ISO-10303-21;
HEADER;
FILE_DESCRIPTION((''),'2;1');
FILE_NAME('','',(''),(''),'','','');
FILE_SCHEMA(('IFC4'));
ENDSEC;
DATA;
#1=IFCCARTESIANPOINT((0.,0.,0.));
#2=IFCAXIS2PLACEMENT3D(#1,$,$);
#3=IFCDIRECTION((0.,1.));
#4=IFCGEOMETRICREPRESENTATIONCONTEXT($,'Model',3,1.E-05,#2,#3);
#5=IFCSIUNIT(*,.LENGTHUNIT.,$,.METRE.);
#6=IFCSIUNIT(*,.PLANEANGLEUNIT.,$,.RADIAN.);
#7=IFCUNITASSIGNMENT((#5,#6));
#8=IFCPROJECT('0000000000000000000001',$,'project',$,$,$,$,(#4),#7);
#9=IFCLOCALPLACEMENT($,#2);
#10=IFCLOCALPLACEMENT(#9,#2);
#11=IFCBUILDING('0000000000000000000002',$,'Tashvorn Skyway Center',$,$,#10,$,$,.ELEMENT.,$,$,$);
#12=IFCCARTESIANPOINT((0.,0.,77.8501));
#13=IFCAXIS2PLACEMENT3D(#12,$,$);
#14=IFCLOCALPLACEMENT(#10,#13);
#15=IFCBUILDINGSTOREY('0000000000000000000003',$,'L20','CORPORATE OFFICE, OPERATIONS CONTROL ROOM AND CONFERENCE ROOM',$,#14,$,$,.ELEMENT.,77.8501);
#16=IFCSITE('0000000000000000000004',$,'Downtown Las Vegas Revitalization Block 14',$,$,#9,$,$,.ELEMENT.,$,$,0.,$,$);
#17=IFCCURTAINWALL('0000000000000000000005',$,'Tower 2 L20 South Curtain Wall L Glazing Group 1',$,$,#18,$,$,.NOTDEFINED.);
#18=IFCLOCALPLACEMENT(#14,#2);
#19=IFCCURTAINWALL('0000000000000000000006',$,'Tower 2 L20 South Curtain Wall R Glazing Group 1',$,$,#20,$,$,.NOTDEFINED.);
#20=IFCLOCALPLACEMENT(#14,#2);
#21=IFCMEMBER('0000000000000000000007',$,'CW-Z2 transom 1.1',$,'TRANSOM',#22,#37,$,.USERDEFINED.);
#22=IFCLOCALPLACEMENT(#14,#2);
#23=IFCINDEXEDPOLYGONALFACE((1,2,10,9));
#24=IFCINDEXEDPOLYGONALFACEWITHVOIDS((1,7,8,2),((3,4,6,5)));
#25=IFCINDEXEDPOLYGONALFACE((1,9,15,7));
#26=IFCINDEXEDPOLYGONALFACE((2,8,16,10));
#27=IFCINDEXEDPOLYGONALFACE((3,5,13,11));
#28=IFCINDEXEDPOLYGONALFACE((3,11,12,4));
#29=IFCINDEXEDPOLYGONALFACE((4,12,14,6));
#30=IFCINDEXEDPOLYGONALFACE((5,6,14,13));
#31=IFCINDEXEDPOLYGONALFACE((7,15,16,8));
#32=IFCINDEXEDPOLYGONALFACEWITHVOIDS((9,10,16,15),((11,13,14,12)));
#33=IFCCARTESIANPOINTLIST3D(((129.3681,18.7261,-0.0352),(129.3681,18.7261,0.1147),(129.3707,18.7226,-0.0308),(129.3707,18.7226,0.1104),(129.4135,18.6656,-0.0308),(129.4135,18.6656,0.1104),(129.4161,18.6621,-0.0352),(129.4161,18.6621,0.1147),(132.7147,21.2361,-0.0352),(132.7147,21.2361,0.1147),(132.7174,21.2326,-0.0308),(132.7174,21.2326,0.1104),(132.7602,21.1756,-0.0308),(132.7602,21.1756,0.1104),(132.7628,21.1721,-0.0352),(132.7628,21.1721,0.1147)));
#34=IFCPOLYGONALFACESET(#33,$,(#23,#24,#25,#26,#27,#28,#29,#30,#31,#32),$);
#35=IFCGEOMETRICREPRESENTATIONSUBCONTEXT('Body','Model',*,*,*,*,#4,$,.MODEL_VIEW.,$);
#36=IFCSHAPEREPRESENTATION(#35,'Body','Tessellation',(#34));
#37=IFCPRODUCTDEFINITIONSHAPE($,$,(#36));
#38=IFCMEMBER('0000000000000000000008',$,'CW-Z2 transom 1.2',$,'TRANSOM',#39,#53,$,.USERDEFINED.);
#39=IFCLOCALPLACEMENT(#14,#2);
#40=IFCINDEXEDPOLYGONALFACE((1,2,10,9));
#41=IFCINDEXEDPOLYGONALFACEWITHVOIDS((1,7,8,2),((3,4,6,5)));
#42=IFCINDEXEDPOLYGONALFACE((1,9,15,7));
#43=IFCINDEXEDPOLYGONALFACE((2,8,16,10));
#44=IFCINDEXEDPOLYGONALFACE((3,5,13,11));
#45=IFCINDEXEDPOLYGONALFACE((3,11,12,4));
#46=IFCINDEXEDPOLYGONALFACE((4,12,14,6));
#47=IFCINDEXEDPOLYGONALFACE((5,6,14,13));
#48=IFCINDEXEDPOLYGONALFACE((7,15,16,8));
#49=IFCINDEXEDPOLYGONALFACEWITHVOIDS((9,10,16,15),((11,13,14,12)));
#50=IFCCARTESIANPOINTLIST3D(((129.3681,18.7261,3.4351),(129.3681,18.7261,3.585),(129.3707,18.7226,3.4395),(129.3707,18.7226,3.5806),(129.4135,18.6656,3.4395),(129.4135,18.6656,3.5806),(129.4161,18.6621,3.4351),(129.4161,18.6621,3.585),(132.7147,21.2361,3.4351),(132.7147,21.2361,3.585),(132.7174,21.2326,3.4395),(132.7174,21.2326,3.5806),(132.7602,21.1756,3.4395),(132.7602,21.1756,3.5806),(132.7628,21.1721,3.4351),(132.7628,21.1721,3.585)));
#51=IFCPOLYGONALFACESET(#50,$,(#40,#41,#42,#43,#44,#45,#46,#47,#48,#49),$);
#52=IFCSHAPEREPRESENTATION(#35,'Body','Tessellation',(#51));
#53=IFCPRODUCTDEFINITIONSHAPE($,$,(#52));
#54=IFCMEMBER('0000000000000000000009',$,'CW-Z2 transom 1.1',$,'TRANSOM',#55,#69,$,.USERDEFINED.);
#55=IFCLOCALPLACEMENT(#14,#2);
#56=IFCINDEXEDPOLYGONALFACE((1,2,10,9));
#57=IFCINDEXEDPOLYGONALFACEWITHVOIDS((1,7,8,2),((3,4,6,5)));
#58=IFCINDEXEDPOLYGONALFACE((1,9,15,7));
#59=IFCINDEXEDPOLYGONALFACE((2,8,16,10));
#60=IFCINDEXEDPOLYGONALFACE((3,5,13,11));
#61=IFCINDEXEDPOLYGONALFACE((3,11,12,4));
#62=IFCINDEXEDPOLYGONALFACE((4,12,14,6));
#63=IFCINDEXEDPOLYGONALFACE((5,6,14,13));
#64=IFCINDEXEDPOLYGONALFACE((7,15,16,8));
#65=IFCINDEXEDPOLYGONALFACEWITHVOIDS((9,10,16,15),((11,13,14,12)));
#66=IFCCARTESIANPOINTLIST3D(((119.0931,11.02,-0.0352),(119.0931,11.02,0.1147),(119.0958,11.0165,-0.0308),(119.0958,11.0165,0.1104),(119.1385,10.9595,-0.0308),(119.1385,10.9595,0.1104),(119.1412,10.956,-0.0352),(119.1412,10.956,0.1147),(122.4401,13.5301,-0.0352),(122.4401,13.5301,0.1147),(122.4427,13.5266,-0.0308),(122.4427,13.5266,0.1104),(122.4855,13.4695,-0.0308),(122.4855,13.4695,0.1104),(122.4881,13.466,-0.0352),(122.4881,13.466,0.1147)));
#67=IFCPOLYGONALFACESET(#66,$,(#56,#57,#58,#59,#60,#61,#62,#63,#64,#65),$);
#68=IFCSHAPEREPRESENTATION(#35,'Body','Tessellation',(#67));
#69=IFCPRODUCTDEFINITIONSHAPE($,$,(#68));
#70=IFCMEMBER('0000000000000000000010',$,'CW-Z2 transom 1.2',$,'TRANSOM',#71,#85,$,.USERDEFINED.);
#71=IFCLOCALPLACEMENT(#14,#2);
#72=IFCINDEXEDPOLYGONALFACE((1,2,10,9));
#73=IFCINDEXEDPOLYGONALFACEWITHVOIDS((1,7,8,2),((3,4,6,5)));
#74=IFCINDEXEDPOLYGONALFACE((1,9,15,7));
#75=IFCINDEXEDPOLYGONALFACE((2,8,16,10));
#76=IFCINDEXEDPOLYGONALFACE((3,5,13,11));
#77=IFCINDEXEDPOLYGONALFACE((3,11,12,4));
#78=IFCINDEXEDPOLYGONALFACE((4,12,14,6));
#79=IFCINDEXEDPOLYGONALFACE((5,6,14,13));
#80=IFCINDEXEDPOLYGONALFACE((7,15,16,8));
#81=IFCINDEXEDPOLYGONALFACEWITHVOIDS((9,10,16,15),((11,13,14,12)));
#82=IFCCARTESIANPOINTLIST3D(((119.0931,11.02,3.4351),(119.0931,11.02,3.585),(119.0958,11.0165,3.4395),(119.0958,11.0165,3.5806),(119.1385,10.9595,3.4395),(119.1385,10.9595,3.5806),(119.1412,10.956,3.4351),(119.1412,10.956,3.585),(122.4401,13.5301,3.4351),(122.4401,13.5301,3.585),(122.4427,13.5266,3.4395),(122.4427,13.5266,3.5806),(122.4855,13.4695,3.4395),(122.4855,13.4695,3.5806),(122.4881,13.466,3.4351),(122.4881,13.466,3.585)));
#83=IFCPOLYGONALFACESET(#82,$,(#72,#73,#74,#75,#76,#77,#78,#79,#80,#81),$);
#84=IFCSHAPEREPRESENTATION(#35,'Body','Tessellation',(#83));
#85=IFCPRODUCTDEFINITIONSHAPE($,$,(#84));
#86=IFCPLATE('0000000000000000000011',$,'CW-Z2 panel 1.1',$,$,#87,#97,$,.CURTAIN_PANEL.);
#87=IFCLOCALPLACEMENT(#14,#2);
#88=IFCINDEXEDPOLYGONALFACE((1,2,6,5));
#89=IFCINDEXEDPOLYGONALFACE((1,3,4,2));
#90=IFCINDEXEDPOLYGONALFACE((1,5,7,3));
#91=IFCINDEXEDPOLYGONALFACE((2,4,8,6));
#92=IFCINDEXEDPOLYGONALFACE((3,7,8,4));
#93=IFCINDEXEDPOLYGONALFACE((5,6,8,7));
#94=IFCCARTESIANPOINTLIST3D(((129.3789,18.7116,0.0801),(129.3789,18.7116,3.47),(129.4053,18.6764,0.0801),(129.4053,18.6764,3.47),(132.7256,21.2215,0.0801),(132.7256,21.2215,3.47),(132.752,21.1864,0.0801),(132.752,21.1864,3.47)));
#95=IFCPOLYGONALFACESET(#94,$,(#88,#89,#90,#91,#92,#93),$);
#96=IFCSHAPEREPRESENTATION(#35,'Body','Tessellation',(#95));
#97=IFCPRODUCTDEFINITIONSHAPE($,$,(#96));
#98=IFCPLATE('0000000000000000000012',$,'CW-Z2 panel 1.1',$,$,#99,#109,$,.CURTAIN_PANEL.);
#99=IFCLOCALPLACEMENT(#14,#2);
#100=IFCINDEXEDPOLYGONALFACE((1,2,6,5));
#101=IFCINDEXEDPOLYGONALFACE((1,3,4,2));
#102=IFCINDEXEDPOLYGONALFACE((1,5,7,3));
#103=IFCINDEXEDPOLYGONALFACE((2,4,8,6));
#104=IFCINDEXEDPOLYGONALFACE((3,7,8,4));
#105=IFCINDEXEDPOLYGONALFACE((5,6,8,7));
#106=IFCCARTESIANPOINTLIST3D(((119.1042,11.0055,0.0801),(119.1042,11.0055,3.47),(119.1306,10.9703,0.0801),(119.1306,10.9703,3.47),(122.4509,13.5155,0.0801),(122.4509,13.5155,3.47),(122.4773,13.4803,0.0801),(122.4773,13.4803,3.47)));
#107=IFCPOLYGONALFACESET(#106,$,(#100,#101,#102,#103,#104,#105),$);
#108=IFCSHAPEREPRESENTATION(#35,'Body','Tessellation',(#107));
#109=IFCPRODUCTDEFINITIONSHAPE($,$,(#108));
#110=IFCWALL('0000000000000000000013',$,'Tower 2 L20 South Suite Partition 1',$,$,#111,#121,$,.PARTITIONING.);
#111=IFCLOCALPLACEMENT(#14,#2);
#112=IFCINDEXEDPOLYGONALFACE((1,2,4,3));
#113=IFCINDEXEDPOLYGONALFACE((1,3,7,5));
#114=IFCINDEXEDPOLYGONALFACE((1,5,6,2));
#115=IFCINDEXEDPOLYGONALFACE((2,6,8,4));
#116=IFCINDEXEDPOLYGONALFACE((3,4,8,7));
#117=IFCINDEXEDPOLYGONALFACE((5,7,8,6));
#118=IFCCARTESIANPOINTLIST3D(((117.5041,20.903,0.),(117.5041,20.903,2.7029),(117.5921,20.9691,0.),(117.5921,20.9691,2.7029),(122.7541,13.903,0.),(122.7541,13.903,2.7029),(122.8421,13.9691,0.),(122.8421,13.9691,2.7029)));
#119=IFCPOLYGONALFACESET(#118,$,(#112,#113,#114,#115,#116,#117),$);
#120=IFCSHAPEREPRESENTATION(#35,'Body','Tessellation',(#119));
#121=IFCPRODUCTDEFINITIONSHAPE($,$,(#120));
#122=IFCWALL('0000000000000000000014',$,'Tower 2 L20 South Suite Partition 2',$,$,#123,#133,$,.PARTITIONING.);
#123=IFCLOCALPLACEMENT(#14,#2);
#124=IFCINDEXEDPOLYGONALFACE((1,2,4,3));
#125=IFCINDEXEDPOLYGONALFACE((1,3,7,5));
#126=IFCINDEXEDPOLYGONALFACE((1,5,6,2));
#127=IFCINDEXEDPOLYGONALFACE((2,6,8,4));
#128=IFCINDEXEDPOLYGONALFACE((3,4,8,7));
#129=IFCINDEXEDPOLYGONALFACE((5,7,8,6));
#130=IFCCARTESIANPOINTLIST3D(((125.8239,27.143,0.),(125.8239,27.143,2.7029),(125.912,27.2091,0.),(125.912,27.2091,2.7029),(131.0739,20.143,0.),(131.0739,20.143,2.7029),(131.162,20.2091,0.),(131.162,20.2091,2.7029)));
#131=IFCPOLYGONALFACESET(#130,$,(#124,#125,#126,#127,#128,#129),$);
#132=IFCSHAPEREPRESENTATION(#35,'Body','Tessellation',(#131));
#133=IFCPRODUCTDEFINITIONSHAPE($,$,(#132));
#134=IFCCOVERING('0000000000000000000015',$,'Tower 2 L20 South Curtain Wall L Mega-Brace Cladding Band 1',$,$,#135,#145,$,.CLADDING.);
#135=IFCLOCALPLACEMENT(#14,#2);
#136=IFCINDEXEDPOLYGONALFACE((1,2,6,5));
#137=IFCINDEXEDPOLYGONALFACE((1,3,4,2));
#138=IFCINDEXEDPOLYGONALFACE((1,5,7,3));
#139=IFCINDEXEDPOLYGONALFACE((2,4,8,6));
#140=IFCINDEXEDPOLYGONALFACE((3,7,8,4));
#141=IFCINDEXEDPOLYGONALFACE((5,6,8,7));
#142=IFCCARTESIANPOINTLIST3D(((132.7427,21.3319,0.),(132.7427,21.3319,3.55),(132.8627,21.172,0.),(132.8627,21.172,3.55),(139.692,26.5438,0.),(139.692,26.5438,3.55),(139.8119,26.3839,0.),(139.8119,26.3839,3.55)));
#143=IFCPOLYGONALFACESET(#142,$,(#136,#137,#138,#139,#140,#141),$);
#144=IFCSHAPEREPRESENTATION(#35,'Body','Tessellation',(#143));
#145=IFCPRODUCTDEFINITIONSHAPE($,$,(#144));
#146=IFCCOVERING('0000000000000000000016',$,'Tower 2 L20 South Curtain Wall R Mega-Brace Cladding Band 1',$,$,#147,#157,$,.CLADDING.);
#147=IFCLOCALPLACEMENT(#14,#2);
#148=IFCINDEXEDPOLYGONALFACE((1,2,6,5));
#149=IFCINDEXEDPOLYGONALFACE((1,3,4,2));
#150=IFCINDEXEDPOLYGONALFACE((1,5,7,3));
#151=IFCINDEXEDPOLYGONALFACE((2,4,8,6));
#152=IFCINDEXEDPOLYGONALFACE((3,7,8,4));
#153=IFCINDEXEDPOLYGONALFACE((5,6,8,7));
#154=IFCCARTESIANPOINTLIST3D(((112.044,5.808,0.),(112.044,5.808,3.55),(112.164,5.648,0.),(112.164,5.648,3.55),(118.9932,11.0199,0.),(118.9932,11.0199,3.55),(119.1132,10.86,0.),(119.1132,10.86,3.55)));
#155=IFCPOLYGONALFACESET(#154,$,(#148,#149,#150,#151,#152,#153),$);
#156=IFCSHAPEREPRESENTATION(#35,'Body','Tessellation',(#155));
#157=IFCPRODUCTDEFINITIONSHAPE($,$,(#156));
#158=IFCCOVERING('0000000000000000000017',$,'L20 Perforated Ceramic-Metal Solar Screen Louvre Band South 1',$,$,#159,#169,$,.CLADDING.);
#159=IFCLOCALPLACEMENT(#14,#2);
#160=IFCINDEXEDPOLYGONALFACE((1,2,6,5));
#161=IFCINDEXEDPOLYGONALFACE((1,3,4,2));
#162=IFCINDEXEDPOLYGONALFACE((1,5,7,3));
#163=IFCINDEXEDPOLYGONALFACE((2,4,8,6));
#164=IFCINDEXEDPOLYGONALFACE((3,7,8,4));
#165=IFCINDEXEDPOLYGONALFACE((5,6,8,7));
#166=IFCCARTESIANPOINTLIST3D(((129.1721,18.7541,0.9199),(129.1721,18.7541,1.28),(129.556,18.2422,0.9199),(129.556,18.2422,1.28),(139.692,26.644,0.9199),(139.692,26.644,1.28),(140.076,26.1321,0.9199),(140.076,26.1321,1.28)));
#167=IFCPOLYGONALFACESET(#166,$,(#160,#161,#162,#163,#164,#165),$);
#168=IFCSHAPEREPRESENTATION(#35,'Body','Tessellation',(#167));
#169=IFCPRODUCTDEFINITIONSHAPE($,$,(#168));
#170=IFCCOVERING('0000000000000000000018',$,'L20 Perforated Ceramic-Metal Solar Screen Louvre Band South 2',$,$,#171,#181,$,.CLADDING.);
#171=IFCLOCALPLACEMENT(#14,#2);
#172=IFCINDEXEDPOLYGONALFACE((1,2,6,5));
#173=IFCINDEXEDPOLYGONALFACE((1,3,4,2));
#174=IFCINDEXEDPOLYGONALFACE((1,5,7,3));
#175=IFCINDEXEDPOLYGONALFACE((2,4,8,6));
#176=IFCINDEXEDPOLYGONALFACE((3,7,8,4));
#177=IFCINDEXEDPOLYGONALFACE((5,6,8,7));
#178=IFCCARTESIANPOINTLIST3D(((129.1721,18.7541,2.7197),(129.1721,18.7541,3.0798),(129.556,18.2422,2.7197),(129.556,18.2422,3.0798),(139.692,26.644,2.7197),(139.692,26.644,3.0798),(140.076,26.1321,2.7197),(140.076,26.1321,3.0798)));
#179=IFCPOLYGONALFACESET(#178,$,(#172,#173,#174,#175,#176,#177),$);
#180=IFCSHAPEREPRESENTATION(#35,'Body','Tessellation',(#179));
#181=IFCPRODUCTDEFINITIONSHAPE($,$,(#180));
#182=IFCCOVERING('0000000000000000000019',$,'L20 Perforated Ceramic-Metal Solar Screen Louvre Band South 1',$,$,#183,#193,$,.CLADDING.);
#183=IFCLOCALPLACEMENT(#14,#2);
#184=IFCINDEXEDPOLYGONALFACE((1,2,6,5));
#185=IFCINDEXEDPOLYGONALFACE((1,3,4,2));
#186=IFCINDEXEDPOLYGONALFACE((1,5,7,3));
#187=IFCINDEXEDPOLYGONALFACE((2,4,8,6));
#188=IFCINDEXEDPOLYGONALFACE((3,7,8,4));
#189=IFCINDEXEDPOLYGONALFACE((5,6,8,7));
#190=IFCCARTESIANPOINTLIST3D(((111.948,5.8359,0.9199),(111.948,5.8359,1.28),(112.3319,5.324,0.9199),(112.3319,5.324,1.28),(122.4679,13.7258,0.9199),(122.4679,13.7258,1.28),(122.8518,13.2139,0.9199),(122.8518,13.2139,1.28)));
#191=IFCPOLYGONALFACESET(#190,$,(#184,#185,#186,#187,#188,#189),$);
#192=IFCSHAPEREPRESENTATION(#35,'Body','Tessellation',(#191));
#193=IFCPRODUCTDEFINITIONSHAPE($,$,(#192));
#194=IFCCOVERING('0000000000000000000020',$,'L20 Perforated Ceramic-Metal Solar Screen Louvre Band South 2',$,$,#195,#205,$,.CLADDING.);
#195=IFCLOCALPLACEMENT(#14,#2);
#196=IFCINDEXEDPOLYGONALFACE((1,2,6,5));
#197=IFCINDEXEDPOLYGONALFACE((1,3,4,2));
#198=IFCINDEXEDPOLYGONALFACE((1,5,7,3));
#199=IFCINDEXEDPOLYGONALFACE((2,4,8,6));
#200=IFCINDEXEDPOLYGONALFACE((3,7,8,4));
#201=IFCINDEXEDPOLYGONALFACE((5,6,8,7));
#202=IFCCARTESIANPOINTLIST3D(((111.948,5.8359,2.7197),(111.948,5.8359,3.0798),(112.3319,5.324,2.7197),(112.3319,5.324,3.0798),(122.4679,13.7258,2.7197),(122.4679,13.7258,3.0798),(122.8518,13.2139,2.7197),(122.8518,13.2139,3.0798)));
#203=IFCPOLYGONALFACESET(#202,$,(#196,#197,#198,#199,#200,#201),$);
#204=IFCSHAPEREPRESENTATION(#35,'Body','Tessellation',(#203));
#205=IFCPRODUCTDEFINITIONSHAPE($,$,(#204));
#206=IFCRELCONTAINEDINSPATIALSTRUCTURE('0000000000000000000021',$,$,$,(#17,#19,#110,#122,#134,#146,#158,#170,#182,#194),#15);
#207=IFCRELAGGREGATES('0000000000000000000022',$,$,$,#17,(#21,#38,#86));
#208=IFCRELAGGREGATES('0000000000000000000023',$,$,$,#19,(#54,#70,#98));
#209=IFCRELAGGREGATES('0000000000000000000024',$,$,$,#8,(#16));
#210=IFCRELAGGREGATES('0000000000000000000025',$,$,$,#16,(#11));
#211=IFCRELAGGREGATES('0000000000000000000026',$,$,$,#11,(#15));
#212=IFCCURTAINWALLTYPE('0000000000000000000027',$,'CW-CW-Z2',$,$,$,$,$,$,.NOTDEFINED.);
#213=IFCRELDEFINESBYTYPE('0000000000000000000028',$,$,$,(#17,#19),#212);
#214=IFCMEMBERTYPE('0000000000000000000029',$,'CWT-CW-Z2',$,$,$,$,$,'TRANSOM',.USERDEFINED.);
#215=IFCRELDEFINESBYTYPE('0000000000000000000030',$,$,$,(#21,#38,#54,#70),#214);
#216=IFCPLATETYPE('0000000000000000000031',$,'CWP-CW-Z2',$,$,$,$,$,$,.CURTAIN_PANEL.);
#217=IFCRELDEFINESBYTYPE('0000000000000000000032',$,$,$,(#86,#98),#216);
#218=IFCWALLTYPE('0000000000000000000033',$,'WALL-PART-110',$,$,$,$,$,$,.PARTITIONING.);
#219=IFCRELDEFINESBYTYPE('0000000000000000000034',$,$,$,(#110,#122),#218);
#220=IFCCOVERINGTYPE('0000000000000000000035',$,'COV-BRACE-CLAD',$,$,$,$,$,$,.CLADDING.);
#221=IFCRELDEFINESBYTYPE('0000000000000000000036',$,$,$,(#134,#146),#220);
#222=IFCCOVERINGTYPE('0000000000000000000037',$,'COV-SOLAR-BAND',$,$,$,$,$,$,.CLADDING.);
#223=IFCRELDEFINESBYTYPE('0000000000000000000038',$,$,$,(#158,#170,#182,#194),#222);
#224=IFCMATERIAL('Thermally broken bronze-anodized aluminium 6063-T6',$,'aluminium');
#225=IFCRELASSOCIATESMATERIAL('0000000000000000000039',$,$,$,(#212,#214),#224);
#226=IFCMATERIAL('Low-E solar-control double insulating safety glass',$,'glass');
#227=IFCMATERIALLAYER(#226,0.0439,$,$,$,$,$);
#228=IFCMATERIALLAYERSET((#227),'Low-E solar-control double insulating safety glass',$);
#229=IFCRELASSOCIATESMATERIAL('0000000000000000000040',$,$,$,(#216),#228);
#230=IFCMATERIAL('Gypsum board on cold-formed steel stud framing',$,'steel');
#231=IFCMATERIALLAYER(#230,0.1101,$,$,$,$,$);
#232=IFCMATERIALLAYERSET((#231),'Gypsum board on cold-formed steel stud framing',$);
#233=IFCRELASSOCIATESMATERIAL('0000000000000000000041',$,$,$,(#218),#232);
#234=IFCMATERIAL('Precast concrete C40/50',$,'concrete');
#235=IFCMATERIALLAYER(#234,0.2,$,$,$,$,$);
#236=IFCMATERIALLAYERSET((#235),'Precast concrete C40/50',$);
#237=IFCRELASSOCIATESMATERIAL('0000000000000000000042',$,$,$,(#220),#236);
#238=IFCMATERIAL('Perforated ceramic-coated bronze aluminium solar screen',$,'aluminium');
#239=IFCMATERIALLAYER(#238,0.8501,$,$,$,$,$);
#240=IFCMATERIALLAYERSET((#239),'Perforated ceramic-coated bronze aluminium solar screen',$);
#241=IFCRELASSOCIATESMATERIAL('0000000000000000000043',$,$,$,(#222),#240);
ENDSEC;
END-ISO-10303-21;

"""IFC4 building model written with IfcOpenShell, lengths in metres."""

from ifc_helpers import new_model, si_unit, direction, frame, frame_2d, origin, origin_2d, place, context, subcontext, project, spatial, rectangle, hollow_rectangle, extrude, material, layer, layer_set, material_profile, profile_set, type_object, element, aggregate, save


model = new_model("IFC4")

# Units and contexts
model_context = context("Model", 3, precision=1e-05, world=origin(), true_north=direction((0.0, 1.0)))
body_context = subcontext(model_context, "Body", "Model", "MODEL_VIEW")
ifc_project = project(units=[si_unit("LENGTHUNIT", "METRE"), si_unit("PLANEANGLEUNIT", "RADIAN")], contexts=[model_context])

# Site, building, storey
site_placement = place(None, origin())
site = spatial("IfcSite", under=ifc_project, at=site_placement, Name="Downtown Las Vegas Revitalization Block 14", CompositionType="ELEMENT", RefElevation=0.0)
building_placement = place(site_placement, origin())
building = spatial("IfcBuilding", under=site, at=building_placement, Name="Tashvorn Skyway Center", CompositionType="ELEMENT")
storey_placement = place(building_placement, frame((0.0, 0.0, 77.8501)))
storey = spatial("IfcBuildingStorey", under=building, at=storey_placement, Name="L20", Description="CORPORATE OFFICE, OPERATIONS CONTROL ROOM AND CONFERENCE ROOM", CompositionType="ELEMENT", Elevation=77.8501)

# Curtain walls
ifc_material_1 = material(Name="Thermally broken bronze-anodized aluminium 6063-T6", Category="aluminium")
curtain_wall_type = type_object("IfcCurtainWallType", Name="CW-CW-Z2", PredefinedType="NOTDEFINED", material=ifc_material_1)
curtain_wall_1_placement = place(storey_placement, origin())
curtain_wall_1 = element("IfcCurtainWall", 1, at=curtain_wall_1_placement, inside=storey, type_object=curtain_wall_type, Name="Tower 2 L20 South Curtain Wall L Glazing Group 1", PredefinedType="NOTDEFINED")
curtain_wall_2_placement = place(storey_placement, origin())
curtain_wall_2 = element("IfcCurtainWall", 2, at=curtain_wall_2_placement, inside=storey, type_object=curtain_wall_type, Name="Tower 2 L20 South Curtain Wall R Glazing Group 1", PredefinedType="NOTDEFINED")

# Members
ifc_material_profile_1 = material_profile(ifc_material_1, hollow_rectangle(XDim=0.0801, YDim=0.1499, WallThickness=0.0044, at=origin_2d()), Name="ALU-TRAN-80x150")
ifc_profile_set_1 = profile_set([ifc_material_profile_1], Name="Thermally broken bronze-anodized aluminium 6063-T6")
member_type_1 = type_object("IfcMemberType", Name="CWT-CW-Z2", ElementType="TRANSOM", PredefinedType="USERDEFINED", material=ifc_profile_set_1)
member_1_placement = place(storey_placement, frame((132.7388, 21.2041, 0.0398), z_axis=(-0.8, -0.6, 0.0), x_axis=(0.6, -0.8, 0.0)))
member_1 = element("IfcMember", 3, at=member_1_placement, type_object=member_type_1, Name="CW-Z2 transom 1.1", ObjectType="TRANSOM", PredefinedType="USERDEFINED", context=body_context, shape_type="SweptSolid", body=[
    extrude(hollow_rectangle(XDim=0.0801, YDim=0.1499, WallThickness=0.0044, at=origin_2d()), origin(), (0.0, 0.0, 1.0), 4.1833),
])
member_2_placement = place(storey_placement, frame((132.7388, 21.2041, 3.51), z_axis=(-0.8, -0.6, 0.0), x_axis=(0.6, -0.8, 0.0)))
member_2 = element("IfcMember", 4, at=member_2_placement, type_object=member_type_1, Name="CW-Z2 transom 1.2", ObjectType="TRANSOM", PredefinedType="USERDEFINED", context=body_context, shape_type="SweptSolid", body=[
    extrude(hollow_rectangle(XDim=0.0801, YDim=0.1499, WallThickness=0.0044, at=origin_2d()), origin(), (0.0, 0.0, 1.0), 4.1833),
])
member_3_placement = place(storey_placement, frame((122.4641, 13.498, 0.0398), z_axis=(-0.800021, -0.599972, 0.0), x_axis=(0.599972, -0.800021, 0.0)))
member_3 = element("IfcMember", 5, at=member_3_placement, type_object=member_type_1, Name="CW-Z2 transom 1.1", ObjectType="TRANSOM", PredefinedType="USERDEFINED", context=body_context, shape_type="SweptSolid", body=[
    extrude(hollow_rectangle(XDim=0.0801, YDim=0.1499, WallThickness=0.0044, at=origin_2d()), origin(), (0.0, 0.0, 1.0), 4.1836),
])
member_4_placement = place(storey_placement, frame((122.4641, 13.498, 3.51), z_axis=(-0.800021, -0.599972, 0.0), x_axis=(0.599972, -0.800021, 0.0)))
member_4 = element("IfcMember", 6, at=member_4_placement, type_object=member_type_1, Name="CW-Z2 transom 1.2", ObjectType="TRANSOM", PredefinedType="USERDEFINED", context=body_context, shape_type="SweptSolid", body=[
    extrude(hollow_rectangle(XDim=0.0801, YDim=0.1499, WallThickness=0.0044, at=origin_2d()), origin(), (0.0, 0.0, 1.0), 4.1836),
])

# Plates
ifc_material_2 = material(Name="Low-E solar-control double insulating safety glass", Category="glass")
ifc_layer_1 = layer(ifc_material_2, 0.0439)
ifc_layer_set_1 = layer_set([ifc_layer_1], Name="Low-E solar-control double insulating safety glass")
plate_type = type_object("IfcPlateType", Name="CWP-CW-Z2", PredefinedType="CURTAIN_PANEL", material=ifc_layer_set_1)
plate_1_placement = place(storey_placement, frame((131.0654, 19.949, 0.0801), z_axis=(0.0, 0.0, 1.0), x_axis=(-0.800003, -0.599996, 0.0)))
plate_1 = element("IfcPlate", 7, at=plate_1_placement, type_object=plate_type, Name="CW-Z2 panel 1.1", PredefinedType="CURTAIN_PANEL", context=body_context, shape_type="SweptSolid", body=[
    extrude(rectangle(XDim=4.1833, YDim=0.0439, at=origin_2d()), origin(), (0.0, 0.0, 1.0), 3.3899),
])
aggregate(curtain_wall_1, [member_1, member_2, plate_1])
plate_2_placement = place(storey_placement, frame((120.7908, 12.2429, 0.0801), z_axis=(0.0, 0.0, 1.0), x_axis=(-0.800003, -0.599996, 0.0)))
plate_2 = element("IfcPlate", 8, at=plate_2_placement, type_object=plate_type, Name="CW-Z2 panel 1.1", PredefinedType="CURTAIN_PANEL", context=body_context, shape_type="SweptSolid", body=[
    extrude(rectangle(XDim=4.1833, YDim=0.0439, at=origin_2d()), origin(), (0.0, 0.0, 1.0), 3.3899),
])
aggregate(curtain_wall_2, [member_3, member_4, plate_2])

# Shared definitions
ifc_material_3 = material(Name="Precast concrete C40/50", Category="concrete")

# Walls
ifc_material_4 = material(Name="Gypsum board on cold-formed steel stud framing", Category="steel")
ifc_layer_2 = layer(ifc_material_4, 0.1101)
ifc_layer_set_2 = layer_set([ifc_layer_2], Name="Gypsum board on cold-formed steel stud framing")
wall_type_1 = type_object("IfcWallType", Name="WALL-PART-110", PredefinedType="PARTITIONING", material=ifc_layer_set_2)
for number, where, z_axis, x_axis, name in (
    (9, (122.7981, 13.936, 0.0), (0.0, 0.0, 1.0), (-0.6, 0.8, 0.0), "Tower 2 L20 South Suite Partition 1"),
    (10, (131.1179, 20.176, 0.0), (0.0, 0.0, 1.0), (-0.6, 0.8, 0.0), "Tower 2 L20 South Suite Partition 2"),
):
    element("IfcWall", number, at=place(storey_placement, frame(where, z_axis=z_axis, x_axis=x_axis)), inside=storey, type_object=wall_type_1, Name=name, PredefinedType="PARTITIONING", context=body_context, shape_type="SweptSolid", body=[
        extrude(rectangle(XDim=8.75, YDim=0.1101, at=frame_2d((4.375, 0.0))), origin(), (0.0, 0.0, 1.0), 2.7029),
    ])

# Coverings
ifc_layer_3 = layer(ifc_material_3, 0.2)
ifc_layer_set_3 = layer_set([ifc_layer_3], Name="Precast concrete C40/50")
covering_type_1 = type_object("IfcCoveringType", Name="COV-BRACE-CLAD", PredefinedType="CLADDING", material=ifc_layer_set_3)
for number, where, z_axis, x_axis, name in (
    (11, (136.2773, 23.8579, 0.0), (0.0, 0.0, 1.0), (-0.8, -0.6, 0.0), "Tower 2 L20 South Curtain Wall L Mega-Brace Cladding Band 1"),
    (12, (115.5786, 8.334, 0.0), (0.0, 0.0, 1.0), (-0.8, -0.6, 0.0), "Tower 2 L20 South Curtain Wall R Mega-Brace Cladding Band 1"),
):
    element("IfcCovering", number, at=place(storey_placement, frame(where, z_axis=z_axis, x_axis=x_axis)), inside=storey, type_object=covering_type_1, Name=name, PredefinedType="CLADDING", context=body_context, shape_type="SweptSolid", body=[
        extrude(rectangle(XDim=8.6865, YDim=0.2, at=origin_2d()), origin(), (0.0, 0.0, 1.0), 3.55),
    ])
ifc_material_5 = material(Name="Perforated ceramic-coated bronze aluminium solar screen", Category="aluminium")
ifc_layer_4 = layer(ifc_material_5, 0.8501)
ifc_layer_set_4 = layer_set([ifc_layer_4], Name="Perforated ceramic-coated bronze aluminium solar screen")
covering_type_2 = type_object("IfcCoveringType", Name="COV-SOLAR-BAND", PredefinedType="CLADDING", material=ifc_layer_set_4)
for number, where, z_axis, x_axis, name in (
    (13, (134.624, 22.4431, 0.9199), (0.0, 0.0, 1.0), (-0.8, -0.6, 0.0), "L20 Perforated Ceramic-Metal Solar Screen Louvre Band South 1"),
    (14, (134.624, 22.4431, 2.7197), (0.0, 0.0, 1.0), (-0.8, -0.6, 0.0), "L20 Perforated Ceramic-Metal Solar Screen Louvre Band South 2"),
    (15, (117.3999, 9.5249, 0.9199), (0.0, 0.0, 1.0), (-0.8, -0.6, 0.0), "L20 Perforated Ceramic-Metal Solar Screen Louvre Band South 1"),
    (16, (117.3999, 9.5249, 2.7197), (0.0, 0.0, 1.0), (-0.8, -0.6, 0.0), "L20 Perforated Ceramic-Metal Solar Screen Louvre Band South 2"),
):
    element("IfcCovering", number, at=place(storey_placement, frame(where, z_axis=z_axis, x_axis=x_axis)), inside=storey, type_object=covering_type_2, Name=name, PredefinedType="CLADDING", context=body_context, shape_type="SweptSolid", body=[
        extrude(rectangle(XDim=13.1499, YDim=0.6399, at=origin_2d()), origin(), (0.0, 0.0, 1.0), 0.3601),
    ])

save(model, "model.ifc")
